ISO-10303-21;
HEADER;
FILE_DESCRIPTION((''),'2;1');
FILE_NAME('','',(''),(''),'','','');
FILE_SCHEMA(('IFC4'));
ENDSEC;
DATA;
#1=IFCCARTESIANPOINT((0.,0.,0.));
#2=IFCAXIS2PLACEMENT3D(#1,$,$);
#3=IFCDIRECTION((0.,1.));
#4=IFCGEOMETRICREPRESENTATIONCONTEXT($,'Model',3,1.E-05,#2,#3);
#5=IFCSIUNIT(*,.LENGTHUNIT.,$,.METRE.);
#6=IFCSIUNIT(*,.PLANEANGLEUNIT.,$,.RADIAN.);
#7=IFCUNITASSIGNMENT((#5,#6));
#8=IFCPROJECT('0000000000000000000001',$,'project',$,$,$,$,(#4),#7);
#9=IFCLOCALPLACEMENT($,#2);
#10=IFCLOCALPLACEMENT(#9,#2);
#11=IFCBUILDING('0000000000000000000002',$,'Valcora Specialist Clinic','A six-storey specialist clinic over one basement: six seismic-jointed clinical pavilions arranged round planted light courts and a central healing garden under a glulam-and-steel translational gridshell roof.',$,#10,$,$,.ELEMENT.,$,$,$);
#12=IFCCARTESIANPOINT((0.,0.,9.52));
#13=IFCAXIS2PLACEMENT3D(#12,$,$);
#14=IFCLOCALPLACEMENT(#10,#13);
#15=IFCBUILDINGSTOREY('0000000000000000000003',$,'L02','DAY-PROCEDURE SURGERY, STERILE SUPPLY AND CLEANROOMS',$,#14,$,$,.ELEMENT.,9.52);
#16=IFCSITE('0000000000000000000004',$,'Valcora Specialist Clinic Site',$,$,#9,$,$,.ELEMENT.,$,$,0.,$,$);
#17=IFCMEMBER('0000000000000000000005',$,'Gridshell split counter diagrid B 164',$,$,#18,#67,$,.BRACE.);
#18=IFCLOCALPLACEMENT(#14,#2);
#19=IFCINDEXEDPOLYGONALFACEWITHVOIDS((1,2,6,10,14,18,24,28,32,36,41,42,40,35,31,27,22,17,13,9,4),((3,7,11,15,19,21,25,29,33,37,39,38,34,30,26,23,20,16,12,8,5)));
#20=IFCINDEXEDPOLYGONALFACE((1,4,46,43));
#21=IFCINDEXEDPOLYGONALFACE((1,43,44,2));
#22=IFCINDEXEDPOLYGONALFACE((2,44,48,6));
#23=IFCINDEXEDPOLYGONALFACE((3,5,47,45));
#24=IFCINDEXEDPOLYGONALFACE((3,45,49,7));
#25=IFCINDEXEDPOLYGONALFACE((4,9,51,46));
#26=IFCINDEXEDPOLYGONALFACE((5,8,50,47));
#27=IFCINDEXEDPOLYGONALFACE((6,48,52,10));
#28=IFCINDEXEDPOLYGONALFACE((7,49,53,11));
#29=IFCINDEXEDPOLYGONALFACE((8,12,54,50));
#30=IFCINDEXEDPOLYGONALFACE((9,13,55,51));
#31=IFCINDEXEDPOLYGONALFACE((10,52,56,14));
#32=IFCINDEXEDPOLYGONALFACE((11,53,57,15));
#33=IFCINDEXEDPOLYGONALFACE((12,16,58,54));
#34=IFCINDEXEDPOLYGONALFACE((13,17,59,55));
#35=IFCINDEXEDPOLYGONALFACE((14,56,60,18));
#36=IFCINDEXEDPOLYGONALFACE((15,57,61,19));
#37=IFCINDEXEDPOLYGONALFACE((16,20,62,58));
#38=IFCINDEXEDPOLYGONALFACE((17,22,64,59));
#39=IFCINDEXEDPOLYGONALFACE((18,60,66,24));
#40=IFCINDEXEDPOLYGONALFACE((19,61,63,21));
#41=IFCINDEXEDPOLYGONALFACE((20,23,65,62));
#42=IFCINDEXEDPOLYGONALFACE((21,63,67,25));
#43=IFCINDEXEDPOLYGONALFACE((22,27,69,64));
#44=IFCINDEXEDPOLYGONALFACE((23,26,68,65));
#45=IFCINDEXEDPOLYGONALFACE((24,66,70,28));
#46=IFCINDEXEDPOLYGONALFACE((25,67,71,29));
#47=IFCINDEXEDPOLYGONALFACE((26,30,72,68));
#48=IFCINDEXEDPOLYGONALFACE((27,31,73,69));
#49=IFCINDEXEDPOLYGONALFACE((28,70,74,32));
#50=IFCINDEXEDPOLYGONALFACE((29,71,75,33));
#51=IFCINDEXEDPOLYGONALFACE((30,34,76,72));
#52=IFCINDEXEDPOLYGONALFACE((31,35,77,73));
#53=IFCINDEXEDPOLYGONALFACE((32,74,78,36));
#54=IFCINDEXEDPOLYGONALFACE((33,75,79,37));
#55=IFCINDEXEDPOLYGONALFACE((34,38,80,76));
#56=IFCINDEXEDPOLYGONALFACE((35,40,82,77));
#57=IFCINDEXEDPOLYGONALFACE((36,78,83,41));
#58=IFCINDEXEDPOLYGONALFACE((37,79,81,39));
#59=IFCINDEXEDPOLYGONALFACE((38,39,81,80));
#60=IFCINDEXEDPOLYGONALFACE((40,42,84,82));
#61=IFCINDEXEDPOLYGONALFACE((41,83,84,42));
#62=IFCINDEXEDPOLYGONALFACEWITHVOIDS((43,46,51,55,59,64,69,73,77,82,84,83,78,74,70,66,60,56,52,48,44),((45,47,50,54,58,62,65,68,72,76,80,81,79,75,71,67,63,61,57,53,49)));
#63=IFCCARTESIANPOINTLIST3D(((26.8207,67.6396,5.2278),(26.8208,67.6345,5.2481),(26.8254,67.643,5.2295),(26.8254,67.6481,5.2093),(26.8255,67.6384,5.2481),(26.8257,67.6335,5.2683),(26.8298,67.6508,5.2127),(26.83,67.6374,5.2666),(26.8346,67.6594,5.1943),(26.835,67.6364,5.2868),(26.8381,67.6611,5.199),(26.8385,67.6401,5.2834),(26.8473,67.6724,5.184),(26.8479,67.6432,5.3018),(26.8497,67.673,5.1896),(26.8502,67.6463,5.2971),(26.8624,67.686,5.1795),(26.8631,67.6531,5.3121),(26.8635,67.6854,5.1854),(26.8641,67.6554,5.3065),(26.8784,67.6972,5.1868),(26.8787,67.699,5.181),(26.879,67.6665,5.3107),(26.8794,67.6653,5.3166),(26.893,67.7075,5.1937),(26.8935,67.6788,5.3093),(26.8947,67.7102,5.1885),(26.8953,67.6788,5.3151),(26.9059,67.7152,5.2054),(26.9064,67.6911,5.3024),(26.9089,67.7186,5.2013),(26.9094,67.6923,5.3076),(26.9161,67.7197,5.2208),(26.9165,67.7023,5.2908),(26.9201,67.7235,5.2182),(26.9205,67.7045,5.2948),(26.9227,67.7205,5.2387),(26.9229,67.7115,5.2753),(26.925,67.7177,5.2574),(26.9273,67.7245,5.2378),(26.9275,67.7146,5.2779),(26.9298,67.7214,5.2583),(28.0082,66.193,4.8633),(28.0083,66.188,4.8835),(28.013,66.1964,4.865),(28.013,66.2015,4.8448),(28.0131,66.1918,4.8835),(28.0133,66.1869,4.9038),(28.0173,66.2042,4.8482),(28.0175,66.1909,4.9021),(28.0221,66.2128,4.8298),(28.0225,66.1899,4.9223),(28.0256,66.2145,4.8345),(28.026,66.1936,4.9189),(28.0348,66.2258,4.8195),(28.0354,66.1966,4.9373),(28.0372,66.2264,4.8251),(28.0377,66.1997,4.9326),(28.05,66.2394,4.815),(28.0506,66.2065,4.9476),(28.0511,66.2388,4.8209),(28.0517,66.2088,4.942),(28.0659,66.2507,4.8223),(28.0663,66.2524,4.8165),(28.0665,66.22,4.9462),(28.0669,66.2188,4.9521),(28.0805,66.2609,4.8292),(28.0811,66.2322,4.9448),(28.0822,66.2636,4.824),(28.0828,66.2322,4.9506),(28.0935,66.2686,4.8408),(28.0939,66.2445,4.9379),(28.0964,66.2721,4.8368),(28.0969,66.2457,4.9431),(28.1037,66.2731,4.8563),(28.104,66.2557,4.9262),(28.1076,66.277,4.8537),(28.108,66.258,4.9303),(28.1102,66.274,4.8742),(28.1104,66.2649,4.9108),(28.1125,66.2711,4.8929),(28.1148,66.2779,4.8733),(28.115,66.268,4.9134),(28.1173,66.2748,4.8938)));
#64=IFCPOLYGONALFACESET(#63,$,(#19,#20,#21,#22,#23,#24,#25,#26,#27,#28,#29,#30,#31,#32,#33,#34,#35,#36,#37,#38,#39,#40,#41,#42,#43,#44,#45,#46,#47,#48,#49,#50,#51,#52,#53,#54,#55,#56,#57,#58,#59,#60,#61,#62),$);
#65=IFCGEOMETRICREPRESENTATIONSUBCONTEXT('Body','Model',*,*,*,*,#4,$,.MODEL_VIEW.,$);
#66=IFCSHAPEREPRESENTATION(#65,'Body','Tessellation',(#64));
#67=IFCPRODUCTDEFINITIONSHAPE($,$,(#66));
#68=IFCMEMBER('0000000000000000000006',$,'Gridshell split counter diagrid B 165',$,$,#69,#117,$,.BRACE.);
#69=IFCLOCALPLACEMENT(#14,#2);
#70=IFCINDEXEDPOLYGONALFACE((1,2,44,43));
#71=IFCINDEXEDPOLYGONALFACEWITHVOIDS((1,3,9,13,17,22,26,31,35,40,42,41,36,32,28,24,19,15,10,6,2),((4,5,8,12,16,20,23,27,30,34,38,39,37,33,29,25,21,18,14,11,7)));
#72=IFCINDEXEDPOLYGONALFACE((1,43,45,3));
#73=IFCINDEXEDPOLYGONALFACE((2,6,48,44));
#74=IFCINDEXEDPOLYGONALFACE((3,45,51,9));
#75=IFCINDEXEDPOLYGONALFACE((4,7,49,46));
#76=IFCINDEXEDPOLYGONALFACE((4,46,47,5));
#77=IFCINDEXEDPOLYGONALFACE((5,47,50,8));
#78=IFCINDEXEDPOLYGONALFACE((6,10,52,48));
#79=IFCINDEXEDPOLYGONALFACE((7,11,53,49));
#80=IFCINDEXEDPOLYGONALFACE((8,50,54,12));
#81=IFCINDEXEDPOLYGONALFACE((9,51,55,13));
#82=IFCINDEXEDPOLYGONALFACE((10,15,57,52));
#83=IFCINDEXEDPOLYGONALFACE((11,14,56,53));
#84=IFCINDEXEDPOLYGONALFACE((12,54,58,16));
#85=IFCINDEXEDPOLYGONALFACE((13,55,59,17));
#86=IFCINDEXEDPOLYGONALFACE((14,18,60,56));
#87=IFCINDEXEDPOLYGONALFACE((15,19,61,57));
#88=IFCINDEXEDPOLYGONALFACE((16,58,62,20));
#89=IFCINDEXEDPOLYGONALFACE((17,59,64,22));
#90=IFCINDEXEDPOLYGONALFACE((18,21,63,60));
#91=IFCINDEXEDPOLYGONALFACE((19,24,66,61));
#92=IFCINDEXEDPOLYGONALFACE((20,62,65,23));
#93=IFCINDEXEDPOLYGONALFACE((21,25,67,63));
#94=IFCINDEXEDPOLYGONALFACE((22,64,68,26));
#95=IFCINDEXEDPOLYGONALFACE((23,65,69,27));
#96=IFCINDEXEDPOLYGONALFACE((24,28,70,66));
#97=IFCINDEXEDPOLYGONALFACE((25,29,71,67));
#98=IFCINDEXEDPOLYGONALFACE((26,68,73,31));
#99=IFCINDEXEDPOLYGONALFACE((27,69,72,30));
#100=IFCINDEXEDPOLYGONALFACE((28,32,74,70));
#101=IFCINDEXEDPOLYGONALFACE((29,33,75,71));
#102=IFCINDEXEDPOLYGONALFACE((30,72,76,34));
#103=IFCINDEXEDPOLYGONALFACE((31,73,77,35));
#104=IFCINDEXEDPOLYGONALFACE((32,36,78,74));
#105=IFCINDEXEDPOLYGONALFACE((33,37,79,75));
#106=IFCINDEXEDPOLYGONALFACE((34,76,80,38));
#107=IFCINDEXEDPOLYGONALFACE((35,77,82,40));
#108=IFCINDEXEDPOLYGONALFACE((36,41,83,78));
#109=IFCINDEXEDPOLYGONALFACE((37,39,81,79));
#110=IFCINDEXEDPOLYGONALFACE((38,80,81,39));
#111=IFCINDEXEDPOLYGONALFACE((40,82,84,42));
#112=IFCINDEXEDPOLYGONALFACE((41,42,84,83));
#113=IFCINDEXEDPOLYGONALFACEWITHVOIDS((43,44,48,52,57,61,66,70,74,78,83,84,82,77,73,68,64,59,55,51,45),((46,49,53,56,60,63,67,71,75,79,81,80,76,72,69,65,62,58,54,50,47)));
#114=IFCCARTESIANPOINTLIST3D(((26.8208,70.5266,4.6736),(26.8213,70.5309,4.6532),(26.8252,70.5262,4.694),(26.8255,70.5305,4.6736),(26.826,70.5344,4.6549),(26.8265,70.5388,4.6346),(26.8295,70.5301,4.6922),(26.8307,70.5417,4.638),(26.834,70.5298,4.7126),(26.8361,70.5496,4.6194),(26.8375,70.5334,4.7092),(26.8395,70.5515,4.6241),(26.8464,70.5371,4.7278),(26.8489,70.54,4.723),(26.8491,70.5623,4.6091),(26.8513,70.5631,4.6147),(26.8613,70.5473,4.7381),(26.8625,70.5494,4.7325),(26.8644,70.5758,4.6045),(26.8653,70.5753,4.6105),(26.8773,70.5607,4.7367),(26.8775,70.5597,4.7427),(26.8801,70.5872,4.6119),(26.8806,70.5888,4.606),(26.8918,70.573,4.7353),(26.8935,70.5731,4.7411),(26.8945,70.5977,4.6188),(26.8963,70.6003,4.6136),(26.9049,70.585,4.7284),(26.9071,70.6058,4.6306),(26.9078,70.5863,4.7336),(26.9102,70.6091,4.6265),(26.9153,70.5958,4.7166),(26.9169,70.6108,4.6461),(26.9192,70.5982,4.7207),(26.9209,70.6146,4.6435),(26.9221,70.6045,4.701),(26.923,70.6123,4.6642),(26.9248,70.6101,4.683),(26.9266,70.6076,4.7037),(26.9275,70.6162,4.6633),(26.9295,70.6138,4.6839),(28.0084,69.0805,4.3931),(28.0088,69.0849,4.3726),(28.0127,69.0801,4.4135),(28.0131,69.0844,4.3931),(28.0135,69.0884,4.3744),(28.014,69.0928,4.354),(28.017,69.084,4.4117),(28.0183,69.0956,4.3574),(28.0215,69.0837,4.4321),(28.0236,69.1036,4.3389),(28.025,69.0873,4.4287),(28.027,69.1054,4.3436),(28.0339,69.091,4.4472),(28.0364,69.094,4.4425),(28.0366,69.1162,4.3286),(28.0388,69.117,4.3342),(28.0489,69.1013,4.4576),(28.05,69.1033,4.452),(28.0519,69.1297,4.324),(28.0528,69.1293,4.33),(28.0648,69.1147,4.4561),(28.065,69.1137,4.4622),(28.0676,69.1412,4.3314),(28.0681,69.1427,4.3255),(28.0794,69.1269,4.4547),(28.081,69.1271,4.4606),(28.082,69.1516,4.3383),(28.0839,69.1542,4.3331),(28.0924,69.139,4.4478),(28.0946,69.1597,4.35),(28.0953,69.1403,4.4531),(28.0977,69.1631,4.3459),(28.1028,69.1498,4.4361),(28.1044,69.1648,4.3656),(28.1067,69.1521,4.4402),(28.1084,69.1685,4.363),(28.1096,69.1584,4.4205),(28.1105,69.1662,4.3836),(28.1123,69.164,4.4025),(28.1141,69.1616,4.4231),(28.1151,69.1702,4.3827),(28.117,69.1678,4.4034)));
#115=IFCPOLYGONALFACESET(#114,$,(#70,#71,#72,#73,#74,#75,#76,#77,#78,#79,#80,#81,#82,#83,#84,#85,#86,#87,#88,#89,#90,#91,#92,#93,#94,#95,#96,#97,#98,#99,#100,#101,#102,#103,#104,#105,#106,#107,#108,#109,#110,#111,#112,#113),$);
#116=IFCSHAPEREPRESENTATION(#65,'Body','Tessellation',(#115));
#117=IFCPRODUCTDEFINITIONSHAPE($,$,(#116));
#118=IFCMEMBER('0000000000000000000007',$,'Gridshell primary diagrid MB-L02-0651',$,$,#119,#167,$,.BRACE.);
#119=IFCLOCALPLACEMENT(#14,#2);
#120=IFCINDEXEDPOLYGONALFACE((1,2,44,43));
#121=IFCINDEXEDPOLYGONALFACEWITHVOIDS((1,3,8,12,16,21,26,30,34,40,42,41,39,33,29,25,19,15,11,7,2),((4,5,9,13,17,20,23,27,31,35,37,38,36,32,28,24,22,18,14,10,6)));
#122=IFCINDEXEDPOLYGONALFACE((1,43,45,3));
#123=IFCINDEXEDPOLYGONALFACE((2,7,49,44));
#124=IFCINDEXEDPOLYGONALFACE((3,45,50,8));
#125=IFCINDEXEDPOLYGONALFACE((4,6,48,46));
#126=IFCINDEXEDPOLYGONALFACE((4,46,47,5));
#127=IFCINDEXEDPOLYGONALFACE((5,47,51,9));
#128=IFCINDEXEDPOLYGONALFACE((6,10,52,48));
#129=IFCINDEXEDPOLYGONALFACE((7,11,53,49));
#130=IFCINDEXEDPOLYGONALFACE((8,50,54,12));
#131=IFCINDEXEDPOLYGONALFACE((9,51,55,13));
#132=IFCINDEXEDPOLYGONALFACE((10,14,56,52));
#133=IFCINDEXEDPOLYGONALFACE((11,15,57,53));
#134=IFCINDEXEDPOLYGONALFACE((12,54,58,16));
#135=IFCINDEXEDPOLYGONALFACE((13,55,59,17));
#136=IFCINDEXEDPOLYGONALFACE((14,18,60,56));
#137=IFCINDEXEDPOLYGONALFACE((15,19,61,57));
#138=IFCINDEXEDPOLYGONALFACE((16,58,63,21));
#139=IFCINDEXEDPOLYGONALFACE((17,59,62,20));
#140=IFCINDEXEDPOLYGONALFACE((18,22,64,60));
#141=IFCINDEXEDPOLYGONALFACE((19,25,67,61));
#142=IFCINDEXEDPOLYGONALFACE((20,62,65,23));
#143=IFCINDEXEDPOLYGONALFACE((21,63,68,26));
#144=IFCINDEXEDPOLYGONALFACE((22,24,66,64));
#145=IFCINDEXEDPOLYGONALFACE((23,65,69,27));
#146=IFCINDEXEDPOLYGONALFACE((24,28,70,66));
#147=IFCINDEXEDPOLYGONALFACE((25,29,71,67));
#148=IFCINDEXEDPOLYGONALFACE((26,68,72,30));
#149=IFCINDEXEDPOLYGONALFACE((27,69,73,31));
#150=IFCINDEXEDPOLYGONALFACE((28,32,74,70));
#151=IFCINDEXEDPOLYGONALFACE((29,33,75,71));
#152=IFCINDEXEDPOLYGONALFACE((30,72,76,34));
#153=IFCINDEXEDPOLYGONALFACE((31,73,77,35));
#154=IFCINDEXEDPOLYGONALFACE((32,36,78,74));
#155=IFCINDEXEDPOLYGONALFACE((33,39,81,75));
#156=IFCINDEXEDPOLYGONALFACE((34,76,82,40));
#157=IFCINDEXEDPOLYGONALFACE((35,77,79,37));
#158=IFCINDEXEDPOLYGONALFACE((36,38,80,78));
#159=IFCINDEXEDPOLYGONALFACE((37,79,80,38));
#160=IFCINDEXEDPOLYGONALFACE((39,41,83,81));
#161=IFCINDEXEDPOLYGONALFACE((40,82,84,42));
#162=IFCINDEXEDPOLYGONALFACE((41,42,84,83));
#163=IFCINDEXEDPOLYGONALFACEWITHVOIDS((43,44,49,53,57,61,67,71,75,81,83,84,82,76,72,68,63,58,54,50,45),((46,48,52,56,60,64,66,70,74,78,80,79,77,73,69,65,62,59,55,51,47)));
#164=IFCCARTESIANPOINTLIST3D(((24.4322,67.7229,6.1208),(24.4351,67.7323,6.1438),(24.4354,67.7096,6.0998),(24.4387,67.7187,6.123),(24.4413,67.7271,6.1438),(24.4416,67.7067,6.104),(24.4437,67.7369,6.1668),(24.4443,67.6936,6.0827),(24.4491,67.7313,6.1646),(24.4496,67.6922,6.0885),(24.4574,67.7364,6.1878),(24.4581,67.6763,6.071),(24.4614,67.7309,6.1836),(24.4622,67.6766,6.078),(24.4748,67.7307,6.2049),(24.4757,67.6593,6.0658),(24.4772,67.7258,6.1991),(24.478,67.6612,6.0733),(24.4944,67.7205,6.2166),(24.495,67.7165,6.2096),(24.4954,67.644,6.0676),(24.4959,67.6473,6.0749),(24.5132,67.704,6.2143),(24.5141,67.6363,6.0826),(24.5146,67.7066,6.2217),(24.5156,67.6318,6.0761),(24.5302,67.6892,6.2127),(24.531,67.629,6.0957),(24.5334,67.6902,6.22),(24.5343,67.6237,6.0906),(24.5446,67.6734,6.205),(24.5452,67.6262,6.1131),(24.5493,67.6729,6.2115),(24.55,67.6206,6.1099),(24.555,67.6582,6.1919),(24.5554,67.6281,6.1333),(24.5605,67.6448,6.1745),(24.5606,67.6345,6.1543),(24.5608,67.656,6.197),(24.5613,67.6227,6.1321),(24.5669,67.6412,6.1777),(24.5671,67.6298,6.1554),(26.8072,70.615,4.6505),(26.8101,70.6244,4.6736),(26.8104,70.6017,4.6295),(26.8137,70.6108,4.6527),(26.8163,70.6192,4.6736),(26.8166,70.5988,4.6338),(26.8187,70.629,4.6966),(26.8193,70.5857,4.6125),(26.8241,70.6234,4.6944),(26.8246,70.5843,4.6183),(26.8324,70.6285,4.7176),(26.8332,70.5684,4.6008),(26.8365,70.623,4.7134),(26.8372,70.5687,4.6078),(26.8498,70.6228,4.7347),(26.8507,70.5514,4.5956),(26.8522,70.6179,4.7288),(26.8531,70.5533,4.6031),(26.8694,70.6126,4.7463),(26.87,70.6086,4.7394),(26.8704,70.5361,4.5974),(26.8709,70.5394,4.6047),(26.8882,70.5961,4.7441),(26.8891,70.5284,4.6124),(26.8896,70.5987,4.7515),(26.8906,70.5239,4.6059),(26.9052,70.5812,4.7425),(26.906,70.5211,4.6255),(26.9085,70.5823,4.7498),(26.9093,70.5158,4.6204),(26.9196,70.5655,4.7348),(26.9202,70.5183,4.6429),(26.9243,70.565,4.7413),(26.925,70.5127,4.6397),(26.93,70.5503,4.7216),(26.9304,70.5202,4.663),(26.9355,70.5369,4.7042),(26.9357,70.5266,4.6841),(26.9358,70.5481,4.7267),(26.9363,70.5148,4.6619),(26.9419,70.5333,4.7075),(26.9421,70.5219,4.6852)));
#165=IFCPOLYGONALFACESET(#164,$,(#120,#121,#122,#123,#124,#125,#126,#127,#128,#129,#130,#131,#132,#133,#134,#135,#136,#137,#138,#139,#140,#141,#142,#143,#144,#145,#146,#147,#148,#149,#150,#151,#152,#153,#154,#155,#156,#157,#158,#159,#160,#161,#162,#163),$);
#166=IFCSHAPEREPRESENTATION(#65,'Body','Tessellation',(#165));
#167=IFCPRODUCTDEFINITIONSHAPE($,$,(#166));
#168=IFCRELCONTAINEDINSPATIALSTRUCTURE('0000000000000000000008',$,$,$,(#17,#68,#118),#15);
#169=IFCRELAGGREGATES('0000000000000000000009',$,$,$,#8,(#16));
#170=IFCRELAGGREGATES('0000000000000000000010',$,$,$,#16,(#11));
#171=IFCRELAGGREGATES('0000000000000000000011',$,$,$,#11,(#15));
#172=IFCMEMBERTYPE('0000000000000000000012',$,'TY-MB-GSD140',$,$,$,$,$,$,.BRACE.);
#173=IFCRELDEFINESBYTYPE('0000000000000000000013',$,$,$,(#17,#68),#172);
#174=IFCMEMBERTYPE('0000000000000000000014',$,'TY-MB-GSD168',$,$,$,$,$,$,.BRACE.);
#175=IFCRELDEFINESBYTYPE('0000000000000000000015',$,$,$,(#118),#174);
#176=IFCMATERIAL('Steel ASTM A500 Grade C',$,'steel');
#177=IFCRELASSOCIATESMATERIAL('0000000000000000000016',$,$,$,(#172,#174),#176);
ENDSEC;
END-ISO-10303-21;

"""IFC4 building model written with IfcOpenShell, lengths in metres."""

from ifc_helpers import new_model, si_unit, direction, frame, origin, origin_2d, place, context, subcontext, project, spatial, hollow_circle, extrude, material, material_profile, profile_set, type_object, element, save


model = new_model("IFC4")

# Units and contexts
model_context = context("Model", 3, precision=1e-05, world=origin(), true_north=direction((0.0, 1.0)))
body_context = subcontext(model_context, "Body", "Model", "MODEL_VIEW")
ifc_project = project(units=[si_unit("LENGTHUNIT", "METRE"), si_unit("PLANEANGLEUNIT", "RADIAN")], contexts=[model_context])

# Site, building, storey
site_placement = place(None, origin())
site = spatial("IfcSite", under=ifc_project, at=site_placement, Name="Valcora Specialist Clinic Site", CompositionType="ELEMENT", RefElevation=0.0)
building_placement = place(site_placement, origin())
building = spatial("IfcBuilding", under=site, at=building_placement, Name="Valcora Specialist Clinic", Description="A six-storey specialist clinic over one basement: six seismic-jointed clinical pavilions arranged round planted light courts and a central healing garden under a glulam-and-steel translational gridshell roof.", CompositionType="ELEMENT")
storey_placement = place(building_placement, frame((0.0, 0.0, 9.52)))
storey = spatial("IfcBuildingStorey", under=building, at=storey_placement, Name="L02", Description="DAY-PROCEDURE SURGERY, STERILE SUPPLY AND CLEANROOMS", CompositionType="ELEMENT", Elevation=9.52)

# Members
ifc_material_1 = material(Name="Steel ASTM A500 Grade C", Category="steel")
ifc_material_profile_1 = material_profile(ifc_material_1, hollow_circle(Radius=0.0701, WallThickness=0.0061, at=origin_2d()), Name="ST-CHS-140X6")
ifc_profile_set_1 = profile_set([ifc_material_profile_1], Name="Steel ASTM A500 Grade C")
member_type_1 = type_object("IfcMemberType", Name="TY-MB-GSD140", PredefinedType="BRACE", material=ifc_profile_set_1)
member_1_placement = place(storey_placement, frame((28.0625, 66.2324, 4.8835), z_axis=(-0.622806, 0.758661, 0.19117), x_axis=(-0.772916, -0.634508, 0.0)))
element("IfcMember", 1, at=member_1_placement, inside=storey, type_object=member_type_1, Name="Gridshell split counter diagrid B 164", PredefinedType="BRACE", context=body_context, shape_type="SweptSolid", body=[
    extrude(hollow_circle(Radius=0.0701, WallThickness=0.0061, at=origin_2d()), origin(), (0.0, 0.0, 1.0), 1.9067),
])
member_2_placement = place(storey_placement, frame((28.0625, 69.125, 4.3931), z_axis=(-0.627623, 0.76427, 0.14826), x_axis=(-0.772811, -0.634636, 0.0)))
element("IfcMember", 2, at=member_2_placement, inside=storey, type_object=member_type_1, Name="Gridshell split counter diagrid B 165", PredefinedType="BRACE", context=body_context, shape_type="SweptSolid", body=[
    extrude(hollow_circle(Radius=0.0701, WallThickness=0.0061, at=origin_2d()), origin(), (0.0, 0.0, 1.0), 1.8921),
])
ifc_material_profile_2 = material_profile(ifc_material_1, hollow_circle(Radius=0.084, WallThickness=0.0081, at=origin_2d()), Name="ST-CHS-168X8")
ifc_profile_set_2 = profile_set([ifc_material_profile_2], Name="Steel ASTM A500 Grade C")
member_type_2 = type_object("IfcMemberType", Name="TY-MB-GSD168", PredefinedType="BRACE", material=ifc_profile_set_2)
member_3_placement = place(storey_placement, frame((24.5, 67.679, 6.1438), z_axis=(0.590687, 0.719293, -0.365658), x_axis=(-0.772811, 0.634636, 0.0)))
element("IfcMember", 3, at=member_3_placement, inside=storey, type_object=member_type_2, Name="Gridshell primary diagrid MB-L02-0651", PredefinedType="BRACE", context=body_context, shape_type="SweptSolid", body=[
    extrude(hollow_circle(Radius=0.084, WallThickness=0.0081, at=origin_2d()), origin(), (0.0, 0.0, 1.0), 4.0208),
])

save(model, "model.ifc")
